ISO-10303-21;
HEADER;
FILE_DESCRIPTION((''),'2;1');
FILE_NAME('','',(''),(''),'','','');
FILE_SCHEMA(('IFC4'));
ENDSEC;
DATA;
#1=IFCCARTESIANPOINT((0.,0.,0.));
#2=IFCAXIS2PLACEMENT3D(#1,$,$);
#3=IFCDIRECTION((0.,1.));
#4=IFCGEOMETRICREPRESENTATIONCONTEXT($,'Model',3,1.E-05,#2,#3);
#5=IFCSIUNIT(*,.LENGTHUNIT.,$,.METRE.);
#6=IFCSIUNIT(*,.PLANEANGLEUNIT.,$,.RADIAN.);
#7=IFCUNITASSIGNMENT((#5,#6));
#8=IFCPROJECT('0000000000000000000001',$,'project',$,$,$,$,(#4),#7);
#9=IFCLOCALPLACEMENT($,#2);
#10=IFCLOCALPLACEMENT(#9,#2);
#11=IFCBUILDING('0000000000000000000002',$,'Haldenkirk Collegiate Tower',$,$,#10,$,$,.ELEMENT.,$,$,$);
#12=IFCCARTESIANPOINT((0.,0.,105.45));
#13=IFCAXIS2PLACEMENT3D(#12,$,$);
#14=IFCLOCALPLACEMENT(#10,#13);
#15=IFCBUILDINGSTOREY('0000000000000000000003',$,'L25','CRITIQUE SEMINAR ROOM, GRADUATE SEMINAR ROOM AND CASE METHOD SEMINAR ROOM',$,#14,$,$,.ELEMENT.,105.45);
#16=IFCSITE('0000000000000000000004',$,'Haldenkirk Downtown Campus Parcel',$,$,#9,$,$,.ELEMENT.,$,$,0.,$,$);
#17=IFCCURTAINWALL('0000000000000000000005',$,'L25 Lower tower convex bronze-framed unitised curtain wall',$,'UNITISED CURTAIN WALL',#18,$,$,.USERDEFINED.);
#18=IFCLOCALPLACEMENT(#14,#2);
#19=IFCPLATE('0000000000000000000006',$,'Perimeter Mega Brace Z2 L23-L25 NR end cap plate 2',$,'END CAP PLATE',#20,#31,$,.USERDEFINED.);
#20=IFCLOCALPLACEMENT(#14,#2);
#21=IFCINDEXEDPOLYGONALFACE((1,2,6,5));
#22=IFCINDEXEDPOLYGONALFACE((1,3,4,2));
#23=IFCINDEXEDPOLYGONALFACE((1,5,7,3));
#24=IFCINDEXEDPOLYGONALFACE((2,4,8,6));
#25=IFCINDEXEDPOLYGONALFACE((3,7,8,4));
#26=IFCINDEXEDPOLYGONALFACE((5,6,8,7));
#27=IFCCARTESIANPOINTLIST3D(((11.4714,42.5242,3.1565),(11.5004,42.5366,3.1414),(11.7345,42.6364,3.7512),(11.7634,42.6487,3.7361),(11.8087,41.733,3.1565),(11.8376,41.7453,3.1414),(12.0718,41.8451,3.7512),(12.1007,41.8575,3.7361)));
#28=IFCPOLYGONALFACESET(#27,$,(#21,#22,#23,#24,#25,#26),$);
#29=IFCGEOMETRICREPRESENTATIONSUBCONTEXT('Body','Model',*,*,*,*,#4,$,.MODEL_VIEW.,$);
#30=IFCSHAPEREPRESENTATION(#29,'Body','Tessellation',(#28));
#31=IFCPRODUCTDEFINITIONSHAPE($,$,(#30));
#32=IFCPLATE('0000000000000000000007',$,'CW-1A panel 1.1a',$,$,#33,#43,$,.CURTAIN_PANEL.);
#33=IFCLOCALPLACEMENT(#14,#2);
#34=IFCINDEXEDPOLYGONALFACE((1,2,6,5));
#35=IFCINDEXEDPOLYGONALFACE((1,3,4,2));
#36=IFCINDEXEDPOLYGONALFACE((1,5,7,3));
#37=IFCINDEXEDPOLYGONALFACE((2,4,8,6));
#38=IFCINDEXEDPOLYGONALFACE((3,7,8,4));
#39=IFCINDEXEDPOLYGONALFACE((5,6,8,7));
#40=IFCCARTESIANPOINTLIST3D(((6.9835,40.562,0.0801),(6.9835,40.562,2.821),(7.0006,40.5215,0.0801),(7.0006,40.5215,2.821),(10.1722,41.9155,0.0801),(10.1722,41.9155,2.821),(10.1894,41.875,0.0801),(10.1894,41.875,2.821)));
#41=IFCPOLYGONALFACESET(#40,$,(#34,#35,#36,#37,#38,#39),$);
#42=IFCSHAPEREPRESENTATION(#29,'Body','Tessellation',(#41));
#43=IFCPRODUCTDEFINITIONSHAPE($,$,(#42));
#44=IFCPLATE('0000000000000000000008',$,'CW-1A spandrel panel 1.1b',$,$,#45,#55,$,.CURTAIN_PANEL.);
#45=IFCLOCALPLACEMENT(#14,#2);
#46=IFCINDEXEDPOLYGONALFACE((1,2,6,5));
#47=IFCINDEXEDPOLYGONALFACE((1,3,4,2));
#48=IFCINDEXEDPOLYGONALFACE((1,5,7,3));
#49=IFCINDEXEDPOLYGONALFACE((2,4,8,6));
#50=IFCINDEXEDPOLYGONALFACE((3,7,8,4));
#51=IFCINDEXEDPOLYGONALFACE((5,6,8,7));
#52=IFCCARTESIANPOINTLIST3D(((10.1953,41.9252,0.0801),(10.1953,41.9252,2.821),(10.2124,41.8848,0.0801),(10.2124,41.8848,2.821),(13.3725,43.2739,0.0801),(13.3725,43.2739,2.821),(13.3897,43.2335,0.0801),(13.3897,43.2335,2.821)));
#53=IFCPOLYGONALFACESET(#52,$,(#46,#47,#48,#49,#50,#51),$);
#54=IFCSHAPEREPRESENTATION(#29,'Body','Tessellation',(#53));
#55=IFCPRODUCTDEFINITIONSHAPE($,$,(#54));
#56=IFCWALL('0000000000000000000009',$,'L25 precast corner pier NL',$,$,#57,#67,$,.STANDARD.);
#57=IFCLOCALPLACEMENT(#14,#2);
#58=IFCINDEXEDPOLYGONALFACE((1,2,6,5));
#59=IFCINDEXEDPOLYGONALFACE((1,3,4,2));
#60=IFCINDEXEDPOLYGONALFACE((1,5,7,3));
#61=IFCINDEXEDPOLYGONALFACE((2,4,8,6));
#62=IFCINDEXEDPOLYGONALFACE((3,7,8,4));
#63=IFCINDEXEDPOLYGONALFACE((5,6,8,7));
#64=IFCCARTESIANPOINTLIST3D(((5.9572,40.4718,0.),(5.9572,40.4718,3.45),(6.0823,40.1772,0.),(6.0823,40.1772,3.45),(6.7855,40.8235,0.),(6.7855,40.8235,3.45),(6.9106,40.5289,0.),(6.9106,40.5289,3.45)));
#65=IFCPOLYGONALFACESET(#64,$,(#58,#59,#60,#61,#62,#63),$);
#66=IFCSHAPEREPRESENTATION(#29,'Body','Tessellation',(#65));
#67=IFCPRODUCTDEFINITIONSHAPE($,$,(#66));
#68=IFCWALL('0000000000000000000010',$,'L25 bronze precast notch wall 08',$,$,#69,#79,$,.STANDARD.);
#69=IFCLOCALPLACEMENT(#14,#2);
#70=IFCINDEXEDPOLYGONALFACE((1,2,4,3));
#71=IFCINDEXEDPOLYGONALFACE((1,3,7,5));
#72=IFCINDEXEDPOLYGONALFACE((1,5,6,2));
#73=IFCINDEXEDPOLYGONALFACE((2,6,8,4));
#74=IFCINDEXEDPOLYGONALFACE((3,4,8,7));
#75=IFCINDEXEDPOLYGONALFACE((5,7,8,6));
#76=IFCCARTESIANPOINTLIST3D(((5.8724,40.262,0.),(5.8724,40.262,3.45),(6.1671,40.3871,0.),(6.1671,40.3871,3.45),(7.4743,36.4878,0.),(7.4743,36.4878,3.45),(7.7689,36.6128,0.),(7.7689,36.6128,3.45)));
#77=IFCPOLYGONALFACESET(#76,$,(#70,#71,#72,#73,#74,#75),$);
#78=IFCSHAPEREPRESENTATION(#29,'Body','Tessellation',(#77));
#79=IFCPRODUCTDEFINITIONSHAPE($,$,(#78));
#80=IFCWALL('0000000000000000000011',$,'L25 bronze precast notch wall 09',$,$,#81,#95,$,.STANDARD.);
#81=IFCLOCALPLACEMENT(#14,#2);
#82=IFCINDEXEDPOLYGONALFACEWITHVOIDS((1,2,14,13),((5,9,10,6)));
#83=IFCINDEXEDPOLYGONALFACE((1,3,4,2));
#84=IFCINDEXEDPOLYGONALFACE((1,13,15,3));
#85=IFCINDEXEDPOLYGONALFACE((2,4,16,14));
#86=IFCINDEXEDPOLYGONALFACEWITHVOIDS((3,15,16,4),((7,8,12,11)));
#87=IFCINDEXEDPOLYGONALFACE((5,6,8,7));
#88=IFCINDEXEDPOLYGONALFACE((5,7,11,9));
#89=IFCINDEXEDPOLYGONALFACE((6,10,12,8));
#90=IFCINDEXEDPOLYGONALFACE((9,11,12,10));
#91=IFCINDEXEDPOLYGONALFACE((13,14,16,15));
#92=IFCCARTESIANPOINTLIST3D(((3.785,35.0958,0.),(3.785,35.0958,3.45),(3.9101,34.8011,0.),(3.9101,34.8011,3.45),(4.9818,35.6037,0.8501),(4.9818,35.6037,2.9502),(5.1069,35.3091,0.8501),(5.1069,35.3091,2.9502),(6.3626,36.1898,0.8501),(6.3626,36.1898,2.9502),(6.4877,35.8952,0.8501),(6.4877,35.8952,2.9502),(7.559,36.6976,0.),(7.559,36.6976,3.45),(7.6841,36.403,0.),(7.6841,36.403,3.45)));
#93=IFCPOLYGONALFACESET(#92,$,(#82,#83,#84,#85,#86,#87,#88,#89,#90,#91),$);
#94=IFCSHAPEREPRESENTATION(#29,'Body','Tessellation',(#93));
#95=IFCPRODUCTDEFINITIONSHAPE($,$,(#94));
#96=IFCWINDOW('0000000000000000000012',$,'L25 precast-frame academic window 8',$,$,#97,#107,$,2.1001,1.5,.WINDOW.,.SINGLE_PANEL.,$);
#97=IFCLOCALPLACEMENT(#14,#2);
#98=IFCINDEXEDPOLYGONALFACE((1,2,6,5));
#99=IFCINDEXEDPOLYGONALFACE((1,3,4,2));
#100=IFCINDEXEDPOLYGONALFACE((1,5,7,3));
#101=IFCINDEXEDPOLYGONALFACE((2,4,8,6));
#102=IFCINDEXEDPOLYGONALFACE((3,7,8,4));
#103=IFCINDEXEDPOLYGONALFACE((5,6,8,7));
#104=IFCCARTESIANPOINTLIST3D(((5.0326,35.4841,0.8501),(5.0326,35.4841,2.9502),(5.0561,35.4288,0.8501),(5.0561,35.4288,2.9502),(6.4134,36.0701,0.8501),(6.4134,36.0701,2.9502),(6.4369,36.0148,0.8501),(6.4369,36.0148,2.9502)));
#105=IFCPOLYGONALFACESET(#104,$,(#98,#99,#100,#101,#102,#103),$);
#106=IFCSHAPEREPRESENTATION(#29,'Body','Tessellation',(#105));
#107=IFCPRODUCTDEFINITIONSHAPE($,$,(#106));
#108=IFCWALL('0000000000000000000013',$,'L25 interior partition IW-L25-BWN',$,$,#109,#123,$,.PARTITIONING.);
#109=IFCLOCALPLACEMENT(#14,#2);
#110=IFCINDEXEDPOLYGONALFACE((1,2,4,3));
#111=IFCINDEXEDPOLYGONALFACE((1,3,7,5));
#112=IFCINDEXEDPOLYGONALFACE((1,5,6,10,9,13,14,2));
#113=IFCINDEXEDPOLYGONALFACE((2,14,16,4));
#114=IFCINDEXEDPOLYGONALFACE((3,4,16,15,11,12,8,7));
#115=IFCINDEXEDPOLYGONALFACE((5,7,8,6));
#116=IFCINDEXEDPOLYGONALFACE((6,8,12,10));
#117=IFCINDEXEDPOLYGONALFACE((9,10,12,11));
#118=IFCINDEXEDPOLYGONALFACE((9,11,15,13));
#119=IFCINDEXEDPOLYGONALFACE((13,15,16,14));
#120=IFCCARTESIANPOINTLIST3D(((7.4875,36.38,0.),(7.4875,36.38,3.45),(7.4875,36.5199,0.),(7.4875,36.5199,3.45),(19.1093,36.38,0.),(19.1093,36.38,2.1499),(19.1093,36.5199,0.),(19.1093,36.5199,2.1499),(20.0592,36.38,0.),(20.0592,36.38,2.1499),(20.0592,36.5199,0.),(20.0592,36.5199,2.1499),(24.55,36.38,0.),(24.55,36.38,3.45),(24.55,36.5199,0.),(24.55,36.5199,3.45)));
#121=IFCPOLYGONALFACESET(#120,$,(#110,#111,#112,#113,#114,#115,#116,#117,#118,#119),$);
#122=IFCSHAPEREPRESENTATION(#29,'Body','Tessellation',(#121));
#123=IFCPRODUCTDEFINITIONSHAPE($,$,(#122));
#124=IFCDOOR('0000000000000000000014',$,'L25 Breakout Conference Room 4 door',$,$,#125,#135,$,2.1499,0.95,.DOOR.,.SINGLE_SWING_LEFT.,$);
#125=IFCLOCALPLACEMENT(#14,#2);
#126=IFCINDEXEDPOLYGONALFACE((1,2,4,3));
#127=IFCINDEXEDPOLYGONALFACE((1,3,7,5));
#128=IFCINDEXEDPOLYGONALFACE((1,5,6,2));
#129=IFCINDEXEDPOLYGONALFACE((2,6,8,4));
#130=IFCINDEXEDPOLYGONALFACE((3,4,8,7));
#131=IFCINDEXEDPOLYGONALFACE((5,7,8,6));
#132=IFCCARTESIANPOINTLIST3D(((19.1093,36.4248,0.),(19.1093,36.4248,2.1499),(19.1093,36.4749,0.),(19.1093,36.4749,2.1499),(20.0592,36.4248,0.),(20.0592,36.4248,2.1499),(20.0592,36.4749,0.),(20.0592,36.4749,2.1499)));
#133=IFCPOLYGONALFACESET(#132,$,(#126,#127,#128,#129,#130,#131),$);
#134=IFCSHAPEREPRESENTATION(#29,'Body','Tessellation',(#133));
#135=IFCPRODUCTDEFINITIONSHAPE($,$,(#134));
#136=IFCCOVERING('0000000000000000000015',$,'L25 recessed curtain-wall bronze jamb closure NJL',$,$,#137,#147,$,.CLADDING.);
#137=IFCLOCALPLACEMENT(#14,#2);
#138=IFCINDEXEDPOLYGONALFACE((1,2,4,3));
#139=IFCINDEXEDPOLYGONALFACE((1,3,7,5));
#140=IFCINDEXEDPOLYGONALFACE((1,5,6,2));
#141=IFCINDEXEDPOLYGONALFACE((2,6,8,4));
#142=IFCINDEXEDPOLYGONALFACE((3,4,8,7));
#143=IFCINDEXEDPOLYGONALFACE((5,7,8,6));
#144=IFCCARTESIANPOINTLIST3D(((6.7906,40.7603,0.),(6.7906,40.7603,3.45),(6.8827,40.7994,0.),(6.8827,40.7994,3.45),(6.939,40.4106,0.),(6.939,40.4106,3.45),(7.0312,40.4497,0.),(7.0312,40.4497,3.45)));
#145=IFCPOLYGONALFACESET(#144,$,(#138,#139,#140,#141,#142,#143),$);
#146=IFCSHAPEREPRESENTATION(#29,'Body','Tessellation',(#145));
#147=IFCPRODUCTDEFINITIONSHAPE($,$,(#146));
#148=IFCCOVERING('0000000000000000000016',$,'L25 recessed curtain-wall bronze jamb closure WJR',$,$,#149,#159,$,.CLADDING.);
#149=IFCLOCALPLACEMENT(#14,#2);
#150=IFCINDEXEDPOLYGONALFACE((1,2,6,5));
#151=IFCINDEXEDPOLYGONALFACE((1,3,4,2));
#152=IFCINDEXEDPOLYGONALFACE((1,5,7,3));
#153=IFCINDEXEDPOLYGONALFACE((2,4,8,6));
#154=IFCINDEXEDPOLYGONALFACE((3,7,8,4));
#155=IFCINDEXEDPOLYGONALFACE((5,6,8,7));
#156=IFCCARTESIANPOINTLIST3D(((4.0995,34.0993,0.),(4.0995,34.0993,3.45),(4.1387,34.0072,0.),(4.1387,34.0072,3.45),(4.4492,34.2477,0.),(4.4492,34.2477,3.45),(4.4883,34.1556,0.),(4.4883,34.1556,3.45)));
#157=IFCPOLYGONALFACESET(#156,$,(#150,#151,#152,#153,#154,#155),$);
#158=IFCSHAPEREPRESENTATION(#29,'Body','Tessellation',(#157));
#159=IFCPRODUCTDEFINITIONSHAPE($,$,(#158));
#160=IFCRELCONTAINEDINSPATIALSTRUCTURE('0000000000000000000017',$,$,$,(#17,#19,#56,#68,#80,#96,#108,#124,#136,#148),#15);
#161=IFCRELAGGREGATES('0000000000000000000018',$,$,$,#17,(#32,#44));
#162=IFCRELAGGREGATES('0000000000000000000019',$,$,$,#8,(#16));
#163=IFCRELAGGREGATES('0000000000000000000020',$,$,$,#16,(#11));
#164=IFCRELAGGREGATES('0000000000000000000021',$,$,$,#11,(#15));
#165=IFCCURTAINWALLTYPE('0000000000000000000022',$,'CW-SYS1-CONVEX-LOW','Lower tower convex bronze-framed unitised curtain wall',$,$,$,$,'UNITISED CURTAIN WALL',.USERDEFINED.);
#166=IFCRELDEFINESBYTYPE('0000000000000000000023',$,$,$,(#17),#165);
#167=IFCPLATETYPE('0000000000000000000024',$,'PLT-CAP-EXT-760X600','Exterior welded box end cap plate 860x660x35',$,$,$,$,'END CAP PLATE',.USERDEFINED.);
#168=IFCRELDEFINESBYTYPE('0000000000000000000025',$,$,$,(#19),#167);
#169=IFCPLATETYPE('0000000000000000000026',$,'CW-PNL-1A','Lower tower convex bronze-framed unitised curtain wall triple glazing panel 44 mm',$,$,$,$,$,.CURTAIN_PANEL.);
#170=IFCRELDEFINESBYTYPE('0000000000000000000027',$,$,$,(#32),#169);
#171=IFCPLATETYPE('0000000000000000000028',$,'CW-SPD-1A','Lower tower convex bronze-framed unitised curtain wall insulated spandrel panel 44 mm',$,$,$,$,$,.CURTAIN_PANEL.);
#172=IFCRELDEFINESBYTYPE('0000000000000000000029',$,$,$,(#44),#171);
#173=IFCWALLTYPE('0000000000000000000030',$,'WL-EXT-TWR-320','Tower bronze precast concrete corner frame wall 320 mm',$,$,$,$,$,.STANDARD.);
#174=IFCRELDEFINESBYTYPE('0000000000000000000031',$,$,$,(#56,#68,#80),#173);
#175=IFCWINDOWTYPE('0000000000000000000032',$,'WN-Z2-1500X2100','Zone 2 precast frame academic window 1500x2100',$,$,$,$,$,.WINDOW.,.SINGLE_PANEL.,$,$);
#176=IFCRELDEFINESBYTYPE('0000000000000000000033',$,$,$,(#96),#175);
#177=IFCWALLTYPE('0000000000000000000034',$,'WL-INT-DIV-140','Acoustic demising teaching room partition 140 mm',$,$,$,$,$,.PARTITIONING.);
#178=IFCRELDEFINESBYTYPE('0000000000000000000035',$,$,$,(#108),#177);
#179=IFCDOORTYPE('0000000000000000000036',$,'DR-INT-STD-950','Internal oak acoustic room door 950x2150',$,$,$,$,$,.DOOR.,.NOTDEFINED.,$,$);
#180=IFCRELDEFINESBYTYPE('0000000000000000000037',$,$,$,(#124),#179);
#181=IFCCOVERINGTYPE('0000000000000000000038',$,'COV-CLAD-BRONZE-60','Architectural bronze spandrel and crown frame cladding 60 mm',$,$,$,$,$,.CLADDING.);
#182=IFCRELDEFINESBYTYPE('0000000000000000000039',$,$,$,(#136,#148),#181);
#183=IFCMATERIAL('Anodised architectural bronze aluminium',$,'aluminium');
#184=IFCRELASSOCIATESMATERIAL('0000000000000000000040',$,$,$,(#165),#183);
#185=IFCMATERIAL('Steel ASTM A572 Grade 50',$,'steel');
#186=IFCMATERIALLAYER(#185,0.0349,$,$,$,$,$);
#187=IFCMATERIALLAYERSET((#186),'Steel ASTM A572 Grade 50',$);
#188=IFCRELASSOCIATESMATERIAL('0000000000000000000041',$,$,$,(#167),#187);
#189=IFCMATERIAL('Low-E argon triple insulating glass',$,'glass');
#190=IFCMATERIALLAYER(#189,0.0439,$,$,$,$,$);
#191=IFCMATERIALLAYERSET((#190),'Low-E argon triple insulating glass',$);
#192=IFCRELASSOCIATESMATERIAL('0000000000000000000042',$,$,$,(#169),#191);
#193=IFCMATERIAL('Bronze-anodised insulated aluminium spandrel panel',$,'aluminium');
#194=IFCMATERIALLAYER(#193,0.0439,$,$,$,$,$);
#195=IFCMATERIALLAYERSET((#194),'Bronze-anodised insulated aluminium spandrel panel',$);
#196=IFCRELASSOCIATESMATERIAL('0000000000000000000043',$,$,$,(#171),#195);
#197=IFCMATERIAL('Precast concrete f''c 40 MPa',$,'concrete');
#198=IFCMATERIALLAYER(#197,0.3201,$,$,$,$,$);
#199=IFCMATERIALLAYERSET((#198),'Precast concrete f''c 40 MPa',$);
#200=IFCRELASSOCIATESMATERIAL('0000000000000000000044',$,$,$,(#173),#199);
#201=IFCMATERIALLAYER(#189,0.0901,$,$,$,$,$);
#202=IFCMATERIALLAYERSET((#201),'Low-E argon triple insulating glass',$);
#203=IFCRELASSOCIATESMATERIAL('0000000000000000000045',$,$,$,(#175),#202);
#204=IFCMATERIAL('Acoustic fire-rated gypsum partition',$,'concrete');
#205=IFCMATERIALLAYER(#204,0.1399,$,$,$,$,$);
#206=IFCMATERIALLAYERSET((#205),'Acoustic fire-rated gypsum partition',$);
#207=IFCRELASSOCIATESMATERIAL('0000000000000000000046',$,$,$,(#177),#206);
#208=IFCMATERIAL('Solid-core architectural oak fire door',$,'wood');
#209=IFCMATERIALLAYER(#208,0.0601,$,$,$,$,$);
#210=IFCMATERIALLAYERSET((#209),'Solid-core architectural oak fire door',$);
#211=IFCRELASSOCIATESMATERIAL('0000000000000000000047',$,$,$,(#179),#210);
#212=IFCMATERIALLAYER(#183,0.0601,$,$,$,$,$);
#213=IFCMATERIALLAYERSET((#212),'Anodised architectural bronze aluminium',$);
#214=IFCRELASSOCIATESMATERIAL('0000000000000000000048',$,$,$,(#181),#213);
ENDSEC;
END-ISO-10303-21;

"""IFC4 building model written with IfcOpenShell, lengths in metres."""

from ifc_helpers import new_model, si_unit, direction, frame, frame_2d, origin, origin_2d, place, context, subcontext, project, spatial, rectangle, extrude, source, transform, mapped, material, layer, layer_set, type_object, element, fill, aggregate, save


model = new_model("IFC4")

# Units and contexts
model_context = context("Model", 3, precision=1e-05, world=origin(), true_north=direction((0.0, 1.0)))
body_context = subcontext(model_context, "Body", "Model", "MODEL_VIEW")
ifc_project = project(units=[si_unit("LENGTHUNIT", "METRE"), si_unit("PLANEANGLEUNIT", "RADIAN")], contexts=[model_context])

# Site, building, storey
site_placement = place(None, origin())
site = spatial("IfcSite", under=ifc_project, at=site_placement, Name="Haldenkirk Downtown Campus Parcel", CompositionType="ELEMENT", RefElevation=0.0)
building_placement = place(site_placement, origin())
building = spatial("IfcBuilding", under=site, at=building_placement, Name="Haldenkirk Collegiate Tower", CompositionType="ELEMENT")
storey_placement = place(building_placement, frame((0.0, 0.0, 105.45)))
storey = spatial("IfcBuildingStorey", under=building, at=storey_placement, Name="L25", Description="CRITIQUE SEMINAR ROOM, GRADUATE SEMINAR ROOM AND CASE METHOD SEMINAR ROOM", CompositionType="ELEMENT", Elevation=105.45)

# Shared definitions
ifc_material_1 = material(Name="Steel ASTM A572 Grade 50", Category="steel")

# Curtain wall
ifc_material_2 = material(Name="Anodised architectural bronze aluminium", Category="aluminium")
curtain_wall_type = type_object("IfcCurtainWallType", Name="CW-SYS1-CONVEX-LOW", Description="Lower tower convex bronze-framed unitised curtain wall", ElementType="UNITISED CURTAIN WALL", PredefinedType="USERDEFINED", material=ifc_material_2)
curtain_wall_1_placement = place(storey_placement, origin())
curtain_wall_1 = element("IfcCurtainWall", 1, at=curtain_wall_1_placement, inside=storey, type_object=curtain_wall_type, Name="L25 Lower tower convex bronze-framed unitised curtain wall", ObjectType="UNITISED CURTAIN WALL", PredefinedType="USERDEFINED")

# Plates
ifc_layer_1 = layer(ifc_material_1, 0.0349)
ifc_layer_set_1 = layer_set([ifc_layer_1], Name="Steel ASTM A572 Grade 50")
plate_type_1 = type_object("IfcPlateType", Name="PLT-CAP-EXT-760X600", Description="Exterior welded box end cap plate 860x660x35", ElementType="END CAP PLATE", PredefinedType="USERDEFINED", material=ifc_layer_set_1)
shared_shape_1 = source(origin(), body_context, "Body", "SweptSolid", [
    extrude(rectangle(XDim=0.8601, YDim=0.6599, at=origin_2d()), origin(), (0.0, 0.0, 1.0), 0.0349),
])
plate_1_placement = place(storey_placement, frame((11.8005, 42.197, 3.4387), z_axis=(-0.829037, -0.353411, 0.433357), x_axis=(0.392146, -0.919903, 0.0)))
element("IfcPlate", 2, at=plate_1_placement, inside=storey, type_object=plate_type_1, Name="Perimeter Mega Brace Z2 L23-L25 NR end cap plate 2", ObjectType="END CAP PLATE", PredefinedType="USERDEFINED", context=body_context, shape_type="MappedRepresentation", body=[
    mapped(shared_shape_1, transform((0.0, 0.0, 0.0), x_axis=(1.0, 0.0, 0.0), y_axis=(0.0, 1.0, 0.0), z_axis=(0.0, 0.0, 1.0), scale=1.0)),
])
ifc_material_3 = material(Name="Low-E argon triple insulating glass", Category="glass")
ifc_layer_2 = layer(ifc_material_3, 0.0439)
ifc_layer_set_2 = layer_set([ifc_layer_2], Name="Low-E argon triple insulating glass")
plate_type_2 = type_object("IfcPlateType", Name="CW-PNL-1A", Description="Lower tower convex bronze-framed unitised curtain wall triple glazing panel 44 mm", PredefinedType="CURTAIN_PANEL", material=ifc_layer_set_2)
shared_shape_2 = source(origin(), body_context, "Body", "SweptSolid", [
    extrude(rectangle(XDim=3.4641, YDim=0.0439, at=origin_2d()), origin(), (0.0, 0.0, 1.0), 2.741),
])
plate_2_placement = place(storey_placement, frame((8.5864, 41.2185, 0.0801), z_axis=(0.0, 0.0, 1.0), x_axis=(0.920505, 0.390731, 0.0)))
plate_2 = element("IfcPlate", 3, at=plate_2_placement, type_object=plate_type_2, Name="CW-1A panel 1.1a", PredefinedType="CURTAIN_PANEL", context=body_context, shape_type="MappedRepresentation", body=[
    mapped(shared_shape_2, transform((0.0, 0.0, 0.0), x_axis=(1.0, 0.0, 0.0), y_axis=(0.0, 1.0, 0.0), z_axis=(0.0, 0.0, 1.0), scale=1.0)),
])
ifc_material_4 = material(Name="Bronze-anodised insulated aluminium spandrel panel", Category="aluminium")
ifc_layer_3 = layer(ifc_material_4, 0.0439)
ifc_layer_set_3 = layer_set([ifc_layer_3], Name="Bronze-anodised insulated aluminium spandrel panel")
plate_type_3 = type_object("IfcPlateType", Name="CW-SPD-1A", Description="Lower tower convex bronze-framed unitised curtain wall insulated spandrel panel 44 mm", PredefinedType="CURTAIN_PANEL", material=ifc_layer_set_3)
shared_shape_3 = source(origin(), body_context, "Body", "SweptSolid", [
    extrude(rectangle(XDim=3.4517, YDim=0.0439, at=origin_2d()), origin(), (0.0, 0.0, 1.0), 2.741),
])
plate_3_placement = place(storey_placement, frame((11.7925, 42.5793, 0.0801), z_axis=(0.0, 0.0, 1.0), x_axis=(0.920505, 0.390731, 0.0)))
plate_3 = element("IfcPlate", 4, at=plate_3_placement, type_object=plate_type_3, Name="CW-1A spandrel panel 1.1b", PredefinedType="CURTAIN_PANEL", context=body_context, shape_type="MappedRepresentation", body=[
    mapped(shared_shape_3, transform((0.0, 0.0, 0.0), x_axis=(1.0, 0.0, 0.0), y_axis=(0.0, 1.0, 0.0), z_axis=(0.0, 0.0, 1.0), scale=1.0)),
])
aggregate(curtain_wall_1, [plate_2, plate_3])

# Walls
ifc_material_5 = material(Name="Precast concrete f'c 40 MPa", Category="concrete")
ifc_layer_4 = layer(ifc_material_5, 0.3201)
ifc_layer_set_4 = layer_set([ifc_layer_4], Name="Precast concrete f'c 40 MPa")
wall_type_1 = type_object("IfcWallType", Name="WL-EXT-TWR-320", Description="Tower bronze precast concrete corner frame wall 320 mm", PredefinedType="STANDARD", material=ifc_layer_set_4)
wall_1_placement = place(storey_placement, frame((6.0198, 40.3245, 0.0), z_axis=(0.0, 0.0, 1.0), x_axis=(0.920431, 0.390905, 0.0)))
element("IfcWall", 5, at=wall_1_placement, inside=storey, type_object=wall_type_1, Name="L25 precast corner pier NL", PredefinedType="STANDARD", context=body_context, shape_type="SweptSolid", body=[
    extrude(rectangle(XDim=0.8999, YDim=0.3201, at=frame_2d((0.45, 0.0))), origin(), (0.0, 0.0, 1.0), 3.45),
])
wall_2_placement = place(storey_placement, frame((7.6216, 36.5503, 0.0), z_axis=(0.0, 0.0, 1.0), x_axis=(-0.390683, 0.920525, 0.0)))
element("IfcWall", 6, at=wall_2_placement, inside=storey, type_object=wall_type_1, Name="L25 bronze precast notch wall 08", PredefinedType="STANDARD", context=body_context, shape_type="SweptSolid", body=[
    extrude(rectangle(XDim=4.1001, YDim=0.3201, at=frame_2d((2.05, 0.0))), origin(), (0.0, 0.0, 1.0), 3.45),
])

# Wall, opening, window
wall_3_placement = place(storey_placement, frame((3.8477, 34.9485, 0.0), z_axis=(0.0, 0.0, 1.0), x_axis=(0.920516, 0.390704, 0.0)))
wall_3 = element("IfcWall", 7, at=wall_3_placement, inside=storey, type_object=wall_type_1, Name="L25 bronze precast notch wall 09", PredefinedType="STANDARD", context=body_context, shape_type="SweptSolid", body=[
    extrude(rectangle(XDim=4.0999, YDim=0.3201, at=frame_2d((2.0498, 0.0))), origin(), (0.0, 0.0, 1.0), 3.45),
])
opening_1_placement = place(wall_3_placement, frame((1.3, 0.0, 0.8501)))
opening_1 = element("IfcOpeningElement", 8, at=opening_1_placement, cuts=wall_3, PredefinedType="OPENING", context=body_context, shape_type="SweptSolid", body=[
    extrude(rectangle(XDim=1.5, YDim=2.1001, at=frame_2d((0.75, 1.05))), frame((0.0, 0.1699, 0.0), z_axis=(0.0, -1.0, 0.0), x_axis=(1.0, 0.0, 0.0)), (0.0, 0.0, 1.0), 0.3401),
])
ifc_layer_5 = layer(ifc_material_3, 0.0901)
ifc_layer_set_5 = layer_set([ifc_layer_5], Name="Low-E argon triple insulating glass")
window_type = type_object("IfcWindowType", Name="WN-Z2-1500X2100", Description="Zone 2 precast frame academic window 1500x2100", PartitioningType="SINGLE_PANEL", PredefinedType="WINDOW", material=ifc_layer_set_5)
window_placement = place(opening_1_placement, origin())
window = element("IfcWindow", 9, at=window_placement, inside=storey, type_object=window_type, Name="L25 precast-frame academic window 8", OverallHeight=2.1001, OverallWidth=1.5, PartitioningType="SINGLE_PANEL", PredefinedType="WINDOW", context=body_context, shape_type="SweptSolid", body=[
    extrude(rectangle(XDim=1.5, YDim=2.1001, at=frame_2d((0.75, 1.05))), frame((0.0, 0.03, 0.0), z_axis=(0.0, -1.0, 0.0), x_axis=(1.0, 0.0, 0.0)), (0.0, 0.0, 1.0), 0.0601),
])
fill(opening_1, window)

# Wall, opening, door
ifc_material_6 = material(Name="Acoustic fire-rated gypsum partition", Category="concrete")
ifc_layer_6 = layer(ifc_material_6, 0.1399)
ifc_layer_set_6 = layer_set([ifc_layer_6], Name="Acoustic fire-rated gypsum partition")
wall_type_2 = type_object("IfcWallType", Name="WL-INT-DIV-140", Description="Acoustic demising teaching room partition 140 mm", PredefinedType="PARTITIONING", material=ifc_layer_set_6)
wall_4_placement = place(storey_placement, frame((7.4875, 36.45, 0.0), z_axis=(0.0, 0.0, 1.0), x_axis=(1.0, 0.0, 0.0)))
wall_4 = element("IfcWall", 10, at=wall_4_placement, inside=storey, type_object=wall_type_2, Name="L25 interior partition IW-L25-BWN", PredefinedType="PARTITIONING", context=body_context, shape_type="SweptSolid", body=[
    extrude(rectangle(XDim=17.0625, YDim=0.1399, at=frame_2d((8.5312, 0.0))), origin(), (0.0, 0.0, 1.0), 3.45),
])
opening_2_placement = place(wall_4_placement, frame((11.6216, 0.0, 0.0)))
opening_2 = element("IfcOpeningElement", 11, at=opening_2_placement, cuts=wall_4, PredefinedType="OPENING", context=body_context, shape_type="SweptSolid", body=[
    extrude(rectangle(XDim=0.95, YDim=2.1499, at=frame_2d((0.4751, 1.075))), frame((0.0, 0.0798, 0.0), z_axis=(0.0, -1.0, 0.0), x_axis=(1.0, 0.0, 0.0)), (0.0, 0.0, 1.0), 0.1599),
])
ifc_material_7 = material(Name="Solid-core architectural oak fire door", Category="wood")
ifc_layer_7 = layer(ifc_material_7, 0.0601)
ifc_layer_set_7 = layer_set([ifc_layer_7], Name="Solid-core architectural oak fire door")
door_type = type_object("IfcDoorType", Name="DR-INT-STD-950", Description="Internal oak acoustic room door 950x2150", OperationType="NOTDEFINED", PredefinedType="DOOR", material=ifc_layer_set_7)
door_placement = place(opening_2_placement, origin())
door = element("IfcDoor", 12, at=door_placement, inside=storey, type_object=door_type, Name="L25 Breakout Conference Room 4 door", OperationType="SINGLE_SWING_LEFT", OverallHeight=2.1499, OverallWidth=0.95, PredefinedType="DOOR", context=body_context, shape_type="SweptSolid", body=[
    extrude(rectangle(XDim=0.95, YDim=2.1499, at=frame_2d((0.4751, 1.075))), frame((0.0, 0.0249, 0.0), z_axis=(0.0, -1.0, 0.0), x_axis=(1.0, 0.0, 0.0)), (0.0, 0.0, 1.0), 0.05),
])
fill(opening_2, door)

# Coverings
ifc_layer_8 = layer(ifc_material_2, 0.0601)
ifc_layer_set_8 = layer_set([ifc_layer_8], Name="Anodised architectural bronze aluminium")
covering_type = type_object("IfcCoveringType", Name="COV-CLAD-BRONZE-60", Description="Architectural bronze spandrel and crown frame cladding 60 mm", PredefinedType="CLADDING", material=ifc_layer_set_8)
shared_shape_4 = source(origin(), body_context, "Body", "SweptSolid", [
    extrude(rectangle(XDim=0.1001, YDim=0.3799, at=origin_2d()), origin(), (0.0, 0.0, 1.0), 3.45),
])
for number, where, z_axis, x_axis, name in (
    (13, (6.9109, 40.605, 0.0), (0.0, 0.0, 1.0), (0.920505, 0.390731, 0.0), "L25 recessed curtain-wall bronze jamb closure NJL"),
    (14, (4.2939, 34.1274, 0.0), (0.0, 0.0, 1.0), (-0.390731, 0.920505, 0.0), "L25 recessed curtain-wall bronze jamb closure WJR"),
):
    element("IfcCovering", number, at=place(storey_placement, frame(where, z_axis=z_axis, x_axis=x_axis)), inside=storey, type_object=covering_type, Name=name, PredefinedType="CLADDING", context=body_context, shape_type="MappedRepresentation", body=[
        mapped(shared_shape_4, transform((0.0, 0.0, 0.0), x_axis=(1.0, 0.0, 0.0), y_axis=(0.0, 1.0, 0.0), z_axis=(0.0, 0.0, 1.0), scale=1.0)),
    ])

save(model, "model.ifc")
